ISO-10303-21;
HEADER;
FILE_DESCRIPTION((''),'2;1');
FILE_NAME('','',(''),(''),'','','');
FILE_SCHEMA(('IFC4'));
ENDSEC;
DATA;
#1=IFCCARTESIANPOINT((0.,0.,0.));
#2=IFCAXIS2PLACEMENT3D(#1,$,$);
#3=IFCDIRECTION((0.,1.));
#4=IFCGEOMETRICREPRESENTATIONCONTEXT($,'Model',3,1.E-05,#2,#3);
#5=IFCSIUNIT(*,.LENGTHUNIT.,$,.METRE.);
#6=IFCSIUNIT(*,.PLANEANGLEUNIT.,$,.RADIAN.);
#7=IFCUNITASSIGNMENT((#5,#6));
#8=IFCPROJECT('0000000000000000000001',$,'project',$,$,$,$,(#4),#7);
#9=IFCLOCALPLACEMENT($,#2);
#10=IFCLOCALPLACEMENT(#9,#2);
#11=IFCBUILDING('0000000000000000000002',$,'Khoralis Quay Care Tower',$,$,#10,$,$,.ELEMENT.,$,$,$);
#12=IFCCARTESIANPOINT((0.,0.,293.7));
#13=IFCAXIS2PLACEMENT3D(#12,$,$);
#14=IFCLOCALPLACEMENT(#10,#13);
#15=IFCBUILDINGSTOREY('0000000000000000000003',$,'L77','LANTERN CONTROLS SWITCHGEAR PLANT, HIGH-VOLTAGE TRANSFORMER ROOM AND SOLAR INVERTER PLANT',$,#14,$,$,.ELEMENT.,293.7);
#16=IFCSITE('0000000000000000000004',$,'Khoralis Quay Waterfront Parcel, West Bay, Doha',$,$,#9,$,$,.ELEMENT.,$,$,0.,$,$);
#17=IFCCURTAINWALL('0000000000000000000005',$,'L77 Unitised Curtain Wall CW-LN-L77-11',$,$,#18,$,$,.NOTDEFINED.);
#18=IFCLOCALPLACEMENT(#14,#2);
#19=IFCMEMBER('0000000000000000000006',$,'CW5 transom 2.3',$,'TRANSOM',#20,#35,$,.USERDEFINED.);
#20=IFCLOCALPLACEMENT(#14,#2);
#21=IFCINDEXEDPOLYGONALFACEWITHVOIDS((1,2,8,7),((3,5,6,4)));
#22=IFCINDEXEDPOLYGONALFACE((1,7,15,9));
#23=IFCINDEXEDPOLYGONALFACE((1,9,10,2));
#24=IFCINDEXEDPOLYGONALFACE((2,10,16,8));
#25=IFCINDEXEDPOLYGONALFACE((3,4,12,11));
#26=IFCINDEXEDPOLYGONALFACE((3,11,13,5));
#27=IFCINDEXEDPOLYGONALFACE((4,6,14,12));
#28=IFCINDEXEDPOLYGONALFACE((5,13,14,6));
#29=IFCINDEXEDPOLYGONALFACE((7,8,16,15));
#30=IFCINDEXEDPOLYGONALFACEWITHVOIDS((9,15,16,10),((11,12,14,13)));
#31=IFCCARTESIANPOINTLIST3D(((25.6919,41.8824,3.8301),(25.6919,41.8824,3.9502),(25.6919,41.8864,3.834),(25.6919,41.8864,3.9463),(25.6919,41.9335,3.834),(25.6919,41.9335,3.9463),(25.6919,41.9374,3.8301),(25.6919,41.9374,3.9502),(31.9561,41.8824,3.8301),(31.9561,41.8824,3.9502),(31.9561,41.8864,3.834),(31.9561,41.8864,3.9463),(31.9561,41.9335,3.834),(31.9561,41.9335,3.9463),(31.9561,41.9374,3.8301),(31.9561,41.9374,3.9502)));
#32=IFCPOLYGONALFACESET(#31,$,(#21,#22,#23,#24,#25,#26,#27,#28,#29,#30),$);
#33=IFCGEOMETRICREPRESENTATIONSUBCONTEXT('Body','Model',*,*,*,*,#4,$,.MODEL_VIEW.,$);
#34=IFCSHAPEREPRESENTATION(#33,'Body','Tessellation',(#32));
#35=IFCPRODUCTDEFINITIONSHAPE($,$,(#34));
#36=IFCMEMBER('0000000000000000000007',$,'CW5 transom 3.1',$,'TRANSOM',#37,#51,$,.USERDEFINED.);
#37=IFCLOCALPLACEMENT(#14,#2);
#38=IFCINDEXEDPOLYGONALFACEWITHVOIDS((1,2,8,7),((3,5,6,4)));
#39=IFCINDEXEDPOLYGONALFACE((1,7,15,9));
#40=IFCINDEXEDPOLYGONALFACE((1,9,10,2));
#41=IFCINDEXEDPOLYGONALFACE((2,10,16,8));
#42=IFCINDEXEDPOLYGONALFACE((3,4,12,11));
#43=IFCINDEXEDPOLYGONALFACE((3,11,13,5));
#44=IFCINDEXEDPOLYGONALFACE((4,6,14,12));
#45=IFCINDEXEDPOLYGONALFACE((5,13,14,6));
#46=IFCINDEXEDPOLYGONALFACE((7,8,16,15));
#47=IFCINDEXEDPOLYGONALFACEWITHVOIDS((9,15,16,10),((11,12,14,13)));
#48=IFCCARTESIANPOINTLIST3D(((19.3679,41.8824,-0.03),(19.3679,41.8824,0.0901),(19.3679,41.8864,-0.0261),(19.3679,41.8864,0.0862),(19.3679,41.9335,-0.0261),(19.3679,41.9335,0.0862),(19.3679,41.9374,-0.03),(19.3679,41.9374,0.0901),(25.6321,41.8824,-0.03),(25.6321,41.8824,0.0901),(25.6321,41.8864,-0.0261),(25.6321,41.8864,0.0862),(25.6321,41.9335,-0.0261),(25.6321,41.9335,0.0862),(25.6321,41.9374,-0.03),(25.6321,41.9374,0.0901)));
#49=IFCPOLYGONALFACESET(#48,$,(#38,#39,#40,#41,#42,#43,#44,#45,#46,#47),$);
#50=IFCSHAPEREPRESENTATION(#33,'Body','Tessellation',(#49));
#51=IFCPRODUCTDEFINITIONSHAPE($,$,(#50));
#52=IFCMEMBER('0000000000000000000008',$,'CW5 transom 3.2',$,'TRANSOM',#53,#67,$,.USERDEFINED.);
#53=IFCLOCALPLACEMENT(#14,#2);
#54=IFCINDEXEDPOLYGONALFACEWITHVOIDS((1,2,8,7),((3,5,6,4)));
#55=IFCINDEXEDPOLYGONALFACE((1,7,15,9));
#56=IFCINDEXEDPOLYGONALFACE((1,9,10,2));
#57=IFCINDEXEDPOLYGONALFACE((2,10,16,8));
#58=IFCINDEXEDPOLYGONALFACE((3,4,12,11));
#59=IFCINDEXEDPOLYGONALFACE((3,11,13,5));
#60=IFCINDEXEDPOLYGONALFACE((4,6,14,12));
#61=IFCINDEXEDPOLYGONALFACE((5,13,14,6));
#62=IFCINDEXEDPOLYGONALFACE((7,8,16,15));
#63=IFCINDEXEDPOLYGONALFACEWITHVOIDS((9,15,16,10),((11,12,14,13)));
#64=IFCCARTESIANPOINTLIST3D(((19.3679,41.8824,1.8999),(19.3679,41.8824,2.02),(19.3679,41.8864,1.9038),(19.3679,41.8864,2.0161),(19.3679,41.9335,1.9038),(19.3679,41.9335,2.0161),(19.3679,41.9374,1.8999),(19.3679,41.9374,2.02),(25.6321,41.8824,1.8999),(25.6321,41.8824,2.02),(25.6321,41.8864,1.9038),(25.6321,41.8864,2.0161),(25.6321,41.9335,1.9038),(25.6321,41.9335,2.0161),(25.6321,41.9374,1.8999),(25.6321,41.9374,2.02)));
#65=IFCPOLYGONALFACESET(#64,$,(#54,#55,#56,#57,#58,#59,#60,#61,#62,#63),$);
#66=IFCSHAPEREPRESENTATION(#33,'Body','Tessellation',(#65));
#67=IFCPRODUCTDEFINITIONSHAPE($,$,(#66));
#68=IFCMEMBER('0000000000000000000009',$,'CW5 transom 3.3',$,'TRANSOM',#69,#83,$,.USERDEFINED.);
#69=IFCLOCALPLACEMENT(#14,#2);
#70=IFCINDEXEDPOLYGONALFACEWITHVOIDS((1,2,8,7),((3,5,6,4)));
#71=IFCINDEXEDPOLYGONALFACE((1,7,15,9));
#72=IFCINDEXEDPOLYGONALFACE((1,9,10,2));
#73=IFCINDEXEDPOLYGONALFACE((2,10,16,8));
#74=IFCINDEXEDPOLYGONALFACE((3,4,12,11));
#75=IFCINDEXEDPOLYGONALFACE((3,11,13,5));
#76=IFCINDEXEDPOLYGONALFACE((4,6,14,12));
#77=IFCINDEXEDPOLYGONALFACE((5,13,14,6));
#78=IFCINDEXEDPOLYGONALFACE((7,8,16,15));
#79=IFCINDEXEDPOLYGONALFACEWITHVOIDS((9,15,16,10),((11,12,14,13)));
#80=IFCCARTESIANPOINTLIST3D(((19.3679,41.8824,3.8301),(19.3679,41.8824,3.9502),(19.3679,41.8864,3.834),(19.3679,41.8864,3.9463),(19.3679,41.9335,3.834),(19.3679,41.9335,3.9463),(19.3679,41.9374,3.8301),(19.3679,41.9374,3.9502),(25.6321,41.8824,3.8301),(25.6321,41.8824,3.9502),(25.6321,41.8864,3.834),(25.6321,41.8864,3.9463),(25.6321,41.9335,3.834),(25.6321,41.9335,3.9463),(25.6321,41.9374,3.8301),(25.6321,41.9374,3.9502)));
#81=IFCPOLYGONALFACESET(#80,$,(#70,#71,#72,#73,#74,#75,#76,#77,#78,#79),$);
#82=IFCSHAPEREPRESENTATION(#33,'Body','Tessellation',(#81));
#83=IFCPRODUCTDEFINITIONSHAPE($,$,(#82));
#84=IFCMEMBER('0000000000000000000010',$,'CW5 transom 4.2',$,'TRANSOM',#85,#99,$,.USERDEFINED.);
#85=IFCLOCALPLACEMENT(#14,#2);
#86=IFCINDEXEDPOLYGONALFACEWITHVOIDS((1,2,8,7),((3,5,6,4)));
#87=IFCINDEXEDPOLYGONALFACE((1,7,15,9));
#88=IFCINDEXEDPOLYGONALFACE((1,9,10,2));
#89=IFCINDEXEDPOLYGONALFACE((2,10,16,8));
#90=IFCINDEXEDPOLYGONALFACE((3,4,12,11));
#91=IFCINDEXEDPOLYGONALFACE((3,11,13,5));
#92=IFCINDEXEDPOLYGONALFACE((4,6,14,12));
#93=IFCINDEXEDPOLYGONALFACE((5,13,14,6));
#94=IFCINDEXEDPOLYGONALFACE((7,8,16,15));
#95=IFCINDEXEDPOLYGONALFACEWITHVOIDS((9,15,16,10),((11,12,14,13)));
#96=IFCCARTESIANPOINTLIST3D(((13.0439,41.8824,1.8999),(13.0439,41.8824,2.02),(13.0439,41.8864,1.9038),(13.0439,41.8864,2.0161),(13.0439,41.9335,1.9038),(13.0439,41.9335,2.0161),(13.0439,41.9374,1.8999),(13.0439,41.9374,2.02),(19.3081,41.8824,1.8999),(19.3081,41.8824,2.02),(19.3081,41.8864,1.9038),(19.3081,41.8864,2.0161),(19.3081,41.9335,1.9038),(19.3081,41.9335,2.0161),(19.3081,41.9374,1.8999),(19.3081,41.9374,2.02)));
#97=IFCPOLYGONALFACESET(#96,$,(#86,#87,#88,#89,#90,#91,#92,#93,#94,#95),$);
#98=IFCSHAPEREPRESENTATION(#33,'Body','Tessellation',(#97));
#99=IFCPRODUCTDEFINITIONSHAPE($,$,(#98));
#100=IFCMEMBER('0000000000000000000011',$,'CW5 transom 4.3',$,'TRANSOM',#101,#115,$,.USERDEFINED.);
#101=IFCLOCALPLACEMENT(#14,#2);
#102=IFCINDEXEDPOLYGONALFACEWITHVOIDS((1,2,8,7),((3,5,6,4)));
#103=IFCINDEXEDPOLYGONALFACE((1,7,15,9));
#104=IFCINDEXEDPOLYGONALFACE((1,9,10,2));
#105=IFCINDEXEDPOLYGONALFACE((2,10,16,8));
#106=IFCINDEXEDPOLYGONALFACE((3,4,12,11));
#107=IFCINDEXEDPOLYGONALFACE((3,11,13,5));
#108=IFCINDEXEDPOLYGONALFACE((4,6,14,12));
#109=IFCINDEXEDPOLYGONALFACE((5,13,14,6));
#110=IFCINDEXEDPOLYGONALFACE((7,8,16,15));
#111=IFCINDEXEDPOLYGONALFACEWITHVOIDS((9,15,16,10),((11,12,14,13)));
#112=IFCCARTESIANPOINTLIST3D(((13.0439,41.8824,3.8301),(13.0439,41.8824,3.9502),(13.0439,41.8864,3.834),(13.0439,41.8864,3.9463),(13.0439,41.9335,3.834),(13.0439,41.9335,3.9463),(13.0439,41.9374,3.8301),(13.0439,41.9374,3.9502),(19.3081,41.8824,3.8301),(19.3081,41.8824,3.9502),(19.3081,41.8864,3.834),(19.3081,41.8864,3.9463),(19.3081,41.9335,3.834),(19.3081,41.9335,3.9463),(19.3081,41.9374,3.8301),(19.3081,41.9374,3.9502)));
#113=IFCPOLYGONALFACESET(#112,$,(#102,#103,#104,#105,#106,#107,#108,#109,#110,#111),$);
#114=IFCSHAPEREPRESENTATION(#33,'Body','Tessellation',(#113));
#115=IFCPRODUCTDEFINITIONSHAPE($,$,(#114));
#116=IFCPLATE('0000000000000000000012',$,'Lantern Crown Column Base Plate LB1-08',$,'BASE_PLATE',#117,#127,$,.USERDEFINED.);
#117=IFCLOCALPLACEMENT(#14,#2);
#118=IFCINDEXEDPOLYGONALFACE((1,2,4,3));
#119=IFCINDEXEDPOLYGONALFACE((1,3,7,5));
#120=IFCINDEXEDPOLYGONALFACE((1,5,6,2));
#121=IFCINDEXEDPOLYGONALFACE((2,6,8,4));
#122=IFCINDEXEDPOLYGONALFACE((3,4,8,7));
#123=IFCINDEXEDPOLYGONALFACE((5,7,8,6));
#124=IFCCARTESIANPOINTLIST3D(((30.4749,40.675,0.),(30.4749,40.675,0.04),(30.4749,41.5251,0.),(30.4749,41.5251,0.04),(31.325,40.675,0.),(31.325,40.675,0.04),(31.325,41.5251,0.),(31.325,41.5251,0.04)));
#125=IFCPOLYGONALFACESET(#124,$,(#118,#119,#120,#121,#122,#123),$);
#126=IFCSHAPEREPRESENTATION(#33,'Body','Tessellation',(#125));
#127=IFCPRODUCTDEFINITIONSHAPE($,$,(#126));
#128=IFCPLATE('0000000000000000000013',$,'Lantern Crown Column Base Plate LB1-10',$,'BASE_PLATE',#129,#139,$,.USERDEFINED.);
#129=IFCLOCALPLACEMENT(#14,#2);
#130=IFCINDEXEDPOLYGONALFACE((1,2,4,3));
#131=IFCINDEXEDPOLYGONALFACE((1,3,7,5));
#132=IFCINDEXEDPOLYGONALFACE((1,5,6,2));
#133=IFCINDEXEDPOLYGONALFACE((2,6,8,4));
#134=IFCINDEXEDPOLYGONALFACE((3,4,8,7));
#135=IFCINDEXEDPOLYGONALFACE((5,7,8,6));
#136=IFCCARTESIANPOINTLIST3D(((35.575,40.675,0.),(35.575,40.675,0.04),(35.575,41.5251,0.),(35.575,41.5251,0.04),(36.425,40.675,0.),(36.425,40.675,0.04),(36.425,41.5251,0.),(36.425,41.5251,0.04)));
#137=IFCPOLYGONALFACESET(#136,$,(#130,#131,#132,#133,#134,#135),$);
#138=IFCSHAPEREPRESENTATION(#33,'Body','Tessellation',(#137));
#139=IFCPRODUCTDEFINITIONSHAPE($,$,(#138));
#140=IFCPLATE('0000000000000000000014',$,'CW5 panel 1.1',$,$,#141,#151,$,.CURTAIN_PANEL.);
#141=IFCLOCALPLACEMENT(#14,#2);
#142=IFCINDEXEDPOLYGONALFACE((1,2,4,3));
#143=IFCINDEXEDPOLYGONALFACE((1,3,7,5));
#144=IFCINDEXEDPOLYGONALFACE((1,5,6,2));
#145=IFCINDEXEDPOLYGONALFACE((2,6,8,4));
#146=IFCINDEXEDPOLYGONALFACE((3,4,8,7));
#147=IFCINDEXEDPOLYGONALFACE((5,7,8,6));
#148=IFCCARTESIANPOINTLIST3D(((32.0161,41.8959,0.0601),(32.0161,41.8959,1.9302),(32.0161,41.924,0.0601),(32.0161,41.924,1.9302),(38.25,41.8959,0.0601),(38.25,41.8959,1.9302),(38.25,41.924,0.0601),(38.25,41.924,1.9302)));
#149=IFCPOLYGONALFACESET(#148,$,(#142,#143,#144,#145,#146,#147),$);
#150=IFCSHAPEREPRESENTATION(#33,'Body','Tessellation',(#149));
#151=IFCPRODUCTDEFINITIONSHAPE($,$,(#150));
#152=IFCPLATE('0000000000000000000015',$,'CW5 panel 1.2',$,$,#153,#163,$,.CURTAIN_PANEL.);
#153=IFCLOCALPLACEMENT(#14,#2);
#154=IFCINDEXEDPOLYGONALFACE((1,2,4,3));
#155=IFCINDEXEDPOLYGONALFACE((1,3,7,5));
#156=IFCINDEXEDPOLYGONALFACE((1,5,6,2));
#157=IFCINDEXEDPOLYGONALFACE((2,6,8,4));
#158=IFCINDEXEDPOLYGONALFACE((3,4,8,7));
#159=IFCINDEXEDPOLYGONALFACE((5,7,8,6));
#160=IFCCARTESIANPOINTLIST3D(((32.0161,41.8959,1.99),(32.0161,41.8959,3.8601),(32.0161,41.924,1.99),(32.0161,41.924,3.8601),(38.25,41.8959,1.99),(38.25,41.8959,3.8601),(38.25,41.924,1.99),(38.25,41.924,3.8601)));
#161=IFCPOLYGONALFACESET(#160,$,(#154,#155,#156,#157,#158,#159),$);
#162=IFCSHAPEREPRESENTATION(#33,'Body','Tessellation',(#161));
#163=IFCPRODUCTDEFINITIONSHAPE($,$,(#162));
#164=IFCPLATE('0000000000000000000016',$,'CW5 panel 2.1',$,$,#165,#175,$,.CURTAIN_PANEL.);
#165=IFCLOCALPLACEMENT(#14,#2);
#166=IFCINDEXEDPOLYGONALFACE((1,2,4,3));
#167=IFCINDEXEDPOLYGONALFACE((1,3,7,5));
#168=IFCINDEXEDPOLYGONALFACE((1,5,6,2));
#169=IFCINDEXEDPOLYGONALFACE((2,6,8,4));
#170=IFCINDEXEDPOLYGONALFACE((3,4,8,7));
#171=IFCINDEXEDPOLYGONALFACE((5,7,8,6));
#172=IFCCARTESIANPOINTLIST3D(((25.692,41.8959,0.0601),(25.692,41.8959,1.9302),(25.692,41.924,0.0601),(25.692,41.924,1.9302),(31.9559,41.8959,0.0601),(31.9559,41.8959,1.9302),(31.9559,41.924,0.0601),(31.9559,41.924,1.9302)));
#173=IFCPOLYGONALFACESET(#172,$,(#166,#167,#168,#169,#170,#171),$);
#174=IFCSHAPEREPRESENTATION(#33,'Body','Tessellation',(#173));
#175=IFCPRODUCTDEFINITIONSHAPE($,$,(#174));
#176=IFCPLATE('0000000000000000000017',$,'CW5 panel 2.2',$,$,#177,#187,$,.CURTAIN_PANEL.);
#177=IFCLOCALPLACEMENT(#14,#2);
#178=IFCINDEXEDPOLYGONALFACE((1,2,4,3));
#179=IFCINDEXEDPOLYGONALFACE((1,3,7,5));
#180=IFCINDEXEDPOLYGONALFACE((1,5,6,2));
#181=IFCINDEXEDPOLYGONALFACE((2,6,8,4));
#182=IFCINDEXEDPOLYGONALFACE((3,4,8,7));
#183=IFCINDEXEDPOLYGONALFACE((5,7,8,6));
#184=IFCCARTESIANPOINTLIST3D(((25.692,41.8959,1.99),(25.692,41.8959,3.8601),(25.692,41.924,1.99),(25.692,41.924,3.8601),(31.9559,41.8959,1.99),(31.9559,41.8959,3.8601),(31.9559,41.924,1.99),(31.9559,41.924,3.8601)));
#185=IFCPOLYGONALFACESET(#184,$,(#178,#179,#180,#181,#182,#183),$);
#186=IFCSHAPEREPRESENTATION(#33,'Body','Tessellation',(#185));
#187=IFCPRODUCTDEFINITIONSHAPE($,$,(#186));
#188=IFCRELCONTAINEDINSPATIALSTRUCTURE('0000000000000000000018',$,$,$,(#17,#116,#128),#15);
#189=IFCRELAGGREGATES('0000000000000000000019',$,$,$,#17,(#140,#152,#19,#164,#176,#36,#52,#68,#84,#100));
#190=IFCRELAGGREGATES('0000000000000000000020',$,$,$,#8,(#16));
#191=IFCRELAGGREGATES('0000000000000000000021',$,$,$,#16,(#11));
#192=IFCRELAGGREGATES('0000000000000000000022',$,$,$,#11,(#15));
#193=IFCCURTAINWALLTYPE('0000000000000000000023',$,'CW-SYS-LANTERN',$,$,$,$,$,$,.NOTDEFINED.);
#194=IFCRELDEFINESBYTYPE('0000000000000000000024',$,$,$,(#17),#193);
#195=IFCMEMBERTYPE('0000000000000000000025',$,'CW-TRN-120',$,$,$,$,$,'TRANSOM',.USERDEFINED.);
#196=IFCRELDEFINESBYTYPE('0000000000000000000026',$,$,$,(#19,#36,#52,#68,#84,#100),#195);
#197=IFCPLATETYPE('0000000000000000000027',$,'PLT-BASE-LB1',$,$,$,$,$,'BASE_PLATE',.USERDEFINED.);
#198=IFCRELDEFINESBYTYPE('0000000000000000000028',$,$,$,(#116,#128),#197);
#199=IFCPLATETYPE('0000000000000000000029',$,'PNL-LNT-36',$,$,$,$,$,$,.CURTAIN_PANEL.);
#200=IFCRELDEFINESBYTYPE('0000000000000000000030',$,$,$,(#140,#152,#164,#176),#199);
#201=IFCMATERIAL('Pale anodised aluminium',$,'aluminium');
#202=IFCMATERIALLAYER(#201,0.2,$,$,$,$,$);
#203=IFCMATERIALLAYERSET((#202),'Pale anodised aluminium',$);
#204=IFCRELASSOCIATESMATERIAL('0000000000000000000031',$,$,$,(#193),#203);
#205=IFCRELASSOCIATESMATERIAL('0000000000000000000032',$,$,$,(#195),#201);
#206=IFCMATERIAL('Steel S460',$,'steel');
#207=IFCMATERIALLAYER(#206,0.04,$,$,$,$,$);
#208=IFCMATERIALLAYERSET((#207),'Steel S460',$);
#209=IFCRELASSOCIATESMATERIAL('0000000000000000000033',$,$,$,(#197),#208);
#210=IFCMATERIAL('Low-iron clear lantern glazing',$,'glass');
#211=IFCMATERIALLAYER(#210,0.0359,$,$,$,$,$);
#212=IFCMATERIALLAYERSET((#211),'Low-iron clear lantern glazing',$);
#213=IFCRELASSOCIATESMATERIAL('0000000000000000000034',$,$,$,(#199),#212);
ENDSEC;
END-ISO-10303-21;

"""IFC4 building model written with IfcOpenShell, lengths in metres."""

from ifc_helpers import new_model, si_unit, direction, frame, origin, origin_2d, place, context, subcontext, project, spatial, rectangle, hollow_rectangle, extrude, source, transform, mapped, material, layer, layer_set, material_profile, profile_set, type_object, element, aggregate, save


model = new_model("IFC4")

# Units and contexts
model_context = context("Model", 3, precision=1e-05, world=origin(), true_north=direction((0.0, 1.0)))
body_context = subcontext(model_context, "Body", "Model", "MODEL_VIEW")
ifc_project = project(units=[si_unit("LENGTHUNIT", "METRE"), si_unit("PLANEANGLEUNIT", "RADIAN")], contexts=[model_context])

# Site, building, storey
site_placement = place(None, origin())
site = spatial("IfcSite", under=ifc_project, at=site_placement, Name="Khoralis Quay Waterfront Parcel, West Bay, Doha", CompositionType="ELEMENT", RefElevation=0.0)
building_placement = place(site_placement, origin())
building = spatial("IfcBuilding", under=site, at=building_placement, Name="Khoralis Quay Care Tower", CompositionType="ELEMENT")
storey_placement = place(building_placement, frame((0.0, 0.0, 293.7)))
storey = spatial("IfcBuildingStorey", under=building, at=storey_placement, Name="L77", Description="LANTERN CONTROLS SWITCHGEAR PLANT, HIGH-VOLTAGE TRANSFORMER ROOM AND SOLAR INVERTER PLANT", CompositionType="ELEMENT", Elevation=293.7)

# Shared definitions
ifc_material_1 = material(Name="Steel S460", Category="steel")

# Curtain wall, members
ifc_material_2 = material(Name="Pale anodised aluminium", Category="aluminium")
ifc_layer_1 = layer(ifc_material_2, 0.2)
ifc_layer_set_1 = layer_set([ifc_layer_1], Name="Pale anodised aluminium")
curtain_wall_type = type_object("IfcCurtainWallType", Name="CW-SYS-LANTERN", PredefinedType="NOTDEFINED", material=ifc_layer_set_1)
curtain_wall_placement = place(storey_placement, origin())
curtain_wall = element("IfcCurtainWall", 1, at=curtain_wall_placement, inside=storey, type_object=curtain_wall_type, Name="L77 Unitised Curtain Wall CW-LN-L77-11", PredefinedType="NOTDEFINED")
ifc_material_profile_1 = material_profile(ifc_material_2, hollow_rectangle(XDim=0.0549, YDim=0.1201, WallThickness=0.0039, at=origin_2d()), Name="Pale anodised aluminium")
ifc_profile_set_1 = profile_set([ifc_material_profile_1], Name="Pale anodised aluminium")
member_type_1 = type_object("IfcMemberType", Name="CW-TRN-120", ElementType="TRANSOM", PredefinedType="USERDEFINED", material=ifc_profile_set_1)
shared_shape_1 = source(origin(), body_context, "Body", "SweptSolid", [
    extrude(hollow_rectangle(XDim=0.0549, YDim=0.1201, WallThickness=0.0039, at=origin_2d()), origin(), (0.0, 0.0, 1.0), 6.2642),
])
member_1_placement = place(storey_placement, frame((31.9561, 41.9099, 3.8901), z_axis=(-1.0, 0.0, 0.0), x_axis=(0.0, -1.0, 0.0)))
member_1 = element("IfcMember", 2, at=member_1_placement, type_object=member_type_1, Name="CW5 transom 2.3", ObjectType="TRANSOM", PredefinedType="USERDEFINED", context=body_context, shape_type="MappedRepresentation", body=[
    mapped(shared_shape_1, transform((0.0, 0.0, 0.0), scale=1.0)),
])
member_2_placement = place(storey_placement, frame((25.6321, 41.9099, 0.03), z_axis=(-1.0, 0.0, 0.0), x_axis=(0.0, -1.0, 0.0)))
member_2 = element("IfcMember", 3, at=member_2_placement, type_object=member_type_1, Name="CW5 transom 3.1", ObjectType="TRANSOM", PredefinedType="USERDEFINED", context=body_context, shape_type="MappedRepresentation", body=[
    mapped(shared_shape_1, transform((0.0, 0.0, 0.0), scale=1.0)),
])
member_3_placement = place(storey_placement, frame((25.6321, 41.9099, 1.96), z_axis=(-1.0, 0.0, 0.0), x_axis=(0.0, -1.0, 0.0)))
member_3 = element("IfcMember", 4, at=member_3_placement, type_object=member_type_1, Name="CW5 transom 3.2", ObjectType="TRANSOM", PredefinedType="USERDEFINED", context=body_context, shape_type="MappedRepresentation", body=[
    mapped(shared_shape_1, transform((0.0, 0.0, 0.0), scale=1.0)),
])
member_4_placement = place(storey_placement, frame((25.6321, 41.9099, 3.8901), z_axis=(-1.0, 0.0, 0.0), x_axis=(0.0, -1.0, 0.0)))
member_4 = element("IfcMember", 5, at=member_4_placement, type_object=member_type_1, Name="CW5 transom 3.3", ObjectType="TRANSOM", PredefinedType="USERDEFINED", context=body_context, shape_type="MappedRepresentation", body=[
    mapped(shared_shape_1, transform((0.0, 0.0, 0.0), scale=1.0)),
])
member_5_placement = place(storey_placement, frame((19.3081, 41.9099, 1.96), z_axis=(-1.0, 0.0, 0.0), x_axis=(0.0, -1.0, 0.0)))
member_5 = element("IfcMember", 6, at=member_5_placement, type_object=member_type_1, Name="CW5 transom 4.2", ObjectType="TRANSOM", PredefinedType="USERDEFINED", context=body_context, shape_type="MappedRepresentation", body=[
    mapped(shared_shape_1, transform((0.0, 0.0, 0.0), scale=1.0)),
])
member_6_placement = place(storey_placement, frame((19.3081, 41.9099, 3.8901), z_axis=(-1.0, 0.0, 0.0), x_axis=(0.0, -1.0, 0.0)))
member_6 = element("IfcMember", 7, at=member_6_placement, type_object=member_type_1, Name="CW5 transom 4.3", ObjectType="TRANSOM", PredefinedType="USERDEFINED", context=body_context, shape_type="MappedRepresentation", body=[
    mapped(shared_shape_1, transform((0.0, 0.0, 0.0), scale=1.0)),
])

# Plates
ifc_layer_2 = layer(ifc_material_1, 0.04)
ifc_layer_set_2 = layer_set([ifc_layer_2], Name="Steel S460")
plate_type_1 = type_object("IfcPlateType", Name="PLT-BASE-LB1", ElementType="BASE_PLATE", PredefinedType="USERDEFINED", material=ifc_layer_set_2)
shared_shape_2 = source(origin(), body_context, "Body", "SweptSolid", [
    extrude(rectangle(XDim=0.8501, YDim=0.8501, at=origin_2d()), origin(), (0.0, 0.0, 1.0), 0.04),
])
for number, where, z_axis, x_axis, name in (
    (8, (30.8999, 41.1001, 0.0), (0.0, 0.0, 1.0), (1.0, 0.0, 0.0), "Lantern Crown Column Base Plate LB1-08"),
    (9, (36.0, 41.1001, 0.0), (0.0, 0.0, 1.0), (1.0, 0.0, 0.0), "Lantern Crown Column Base Plate LB1-10"),
):
    element("IfcPlate", number, at=place(storey_placement, frame(where, z_axis=z_axis, x_axis=x_axis)), inside=storey, type_object=plate_type_1, Name=name, ObjectType="BASE_PLATE", PredefinedType="USERDEFINED", context=body_context, shape_type="MappedRepresentation", body=[
        mapped(shared_shape_2, transform((0.0, 0.0, 0.0), scale=1.0)),
    ])

# Plates
ifc_material_3 = material(Name="Low-iron clear lantern glazing", Category="glass")
ifc_layer_3 = layer(ifc_material_3, 0.0359)
ifc_layer_set_3 = layer_set([ifc_layer_3], Name="Low-iron clear lantern glazing")
plate_type_2 = type_object("IfcPlateType", Name="PNL-LNT-36", PredefinedType="CURTAIN_PANEL", material=ifc_layer_set_3)
shared_shape_3 = source(origin(), body_context, "Body", "SweptSolid", [
    extrude(rectangle(XDim=6.2339, YDim=0.0281, at=origin_2d()), origin(), (0.0, 0.0, 1.0), 1.8701),
])
plate_1_placement = place(storey_placement, frame((35.1331, 41.9099, 0.0601), z_axis=(0.0, 0.0, 1.0), x_axis=(-1.0, 0.0, 0.0)))
plate_1 = element("IfcPlate", 10, at=plate_1_placement, type_object=plate_type_2, Name="CW5 panel 1.1", PredefinedType="CURTAIN_PANEL", context=body_context, shape_type="MappedRepresentation", body=[
    mapped(shared_shape_3, transform((0.0, 0.0, 0.0), scale=1.0)),
])
plate_2_placement = place(storey_placement, frame((35.1331, 41.9099, 1.99), z_axis=(0.0, 0.0, 1.0), x_axis=(-1.0, 0.0, 0.0)))
plate_2 = element("IfcPlate", 11, at=plate_2_placement, type_object=plate_type_2, Name="CW5 panel 1.2", PredefinedType="CURTAIN_PANEL", context=body_context, shape_type="MappedRepresentation", body=[
    mapped(shared_shape_3, transform((0.0, 0.0, 0.0), scale=1.0)),
])
shared_shape_4 = source(origin(), body_context, "Body", "SweptSolid", [
    extrude(rectangle(XDim=6.2639, YDim=0.0281, at=origin_2d()), origin(), (0.0, 0.0, 1.0), 1.8701),
])
plate_3_placement = place(storey_placement, frame((28.824, 41.9099, 0.0601), z_axis=(0.0, 0.0, 1.0), x_axis=(-1.0, 0.0, 0.0)))
plate_3 = element("IfcPlate", 12, at=plate_3_placement, type_object=plate_type_2, Name="CW5 panel 2.1", PredefinedType="CURTAIN_PANEL", context=body_context, shape_type="MappedRepresentation", body=[
    mapped(shared_shape_4, transform((0.0, 0.0, 0.0), scale=1.0)),
])
plate_4_placement = place(storey_placement, frame((28.824, 41.9099, 1.99), z_axis=(0.0, 0.0, 1.0), x_axis=(-1.0, 0.0, 0.0)))
plate_4 = element("IfcPlate", 13, at=plate_4_placement, type_object=plate_type_2, Name="CW5 panel 2.2", PredefinedType="CURTAIN_PANEL", context=body_context, shape_type="MappedRepresentation", body=[
    mapped(shared_shape_4, transform((0.0, 0.0, 0.0), scale=1.0)),
])
aggregate(curtain_wall, [plate_1, plate_2, member_1, plate_3, plate_4, member_2, member_3, member_4, member_5, member_6])

save(model, "model.ifc")
